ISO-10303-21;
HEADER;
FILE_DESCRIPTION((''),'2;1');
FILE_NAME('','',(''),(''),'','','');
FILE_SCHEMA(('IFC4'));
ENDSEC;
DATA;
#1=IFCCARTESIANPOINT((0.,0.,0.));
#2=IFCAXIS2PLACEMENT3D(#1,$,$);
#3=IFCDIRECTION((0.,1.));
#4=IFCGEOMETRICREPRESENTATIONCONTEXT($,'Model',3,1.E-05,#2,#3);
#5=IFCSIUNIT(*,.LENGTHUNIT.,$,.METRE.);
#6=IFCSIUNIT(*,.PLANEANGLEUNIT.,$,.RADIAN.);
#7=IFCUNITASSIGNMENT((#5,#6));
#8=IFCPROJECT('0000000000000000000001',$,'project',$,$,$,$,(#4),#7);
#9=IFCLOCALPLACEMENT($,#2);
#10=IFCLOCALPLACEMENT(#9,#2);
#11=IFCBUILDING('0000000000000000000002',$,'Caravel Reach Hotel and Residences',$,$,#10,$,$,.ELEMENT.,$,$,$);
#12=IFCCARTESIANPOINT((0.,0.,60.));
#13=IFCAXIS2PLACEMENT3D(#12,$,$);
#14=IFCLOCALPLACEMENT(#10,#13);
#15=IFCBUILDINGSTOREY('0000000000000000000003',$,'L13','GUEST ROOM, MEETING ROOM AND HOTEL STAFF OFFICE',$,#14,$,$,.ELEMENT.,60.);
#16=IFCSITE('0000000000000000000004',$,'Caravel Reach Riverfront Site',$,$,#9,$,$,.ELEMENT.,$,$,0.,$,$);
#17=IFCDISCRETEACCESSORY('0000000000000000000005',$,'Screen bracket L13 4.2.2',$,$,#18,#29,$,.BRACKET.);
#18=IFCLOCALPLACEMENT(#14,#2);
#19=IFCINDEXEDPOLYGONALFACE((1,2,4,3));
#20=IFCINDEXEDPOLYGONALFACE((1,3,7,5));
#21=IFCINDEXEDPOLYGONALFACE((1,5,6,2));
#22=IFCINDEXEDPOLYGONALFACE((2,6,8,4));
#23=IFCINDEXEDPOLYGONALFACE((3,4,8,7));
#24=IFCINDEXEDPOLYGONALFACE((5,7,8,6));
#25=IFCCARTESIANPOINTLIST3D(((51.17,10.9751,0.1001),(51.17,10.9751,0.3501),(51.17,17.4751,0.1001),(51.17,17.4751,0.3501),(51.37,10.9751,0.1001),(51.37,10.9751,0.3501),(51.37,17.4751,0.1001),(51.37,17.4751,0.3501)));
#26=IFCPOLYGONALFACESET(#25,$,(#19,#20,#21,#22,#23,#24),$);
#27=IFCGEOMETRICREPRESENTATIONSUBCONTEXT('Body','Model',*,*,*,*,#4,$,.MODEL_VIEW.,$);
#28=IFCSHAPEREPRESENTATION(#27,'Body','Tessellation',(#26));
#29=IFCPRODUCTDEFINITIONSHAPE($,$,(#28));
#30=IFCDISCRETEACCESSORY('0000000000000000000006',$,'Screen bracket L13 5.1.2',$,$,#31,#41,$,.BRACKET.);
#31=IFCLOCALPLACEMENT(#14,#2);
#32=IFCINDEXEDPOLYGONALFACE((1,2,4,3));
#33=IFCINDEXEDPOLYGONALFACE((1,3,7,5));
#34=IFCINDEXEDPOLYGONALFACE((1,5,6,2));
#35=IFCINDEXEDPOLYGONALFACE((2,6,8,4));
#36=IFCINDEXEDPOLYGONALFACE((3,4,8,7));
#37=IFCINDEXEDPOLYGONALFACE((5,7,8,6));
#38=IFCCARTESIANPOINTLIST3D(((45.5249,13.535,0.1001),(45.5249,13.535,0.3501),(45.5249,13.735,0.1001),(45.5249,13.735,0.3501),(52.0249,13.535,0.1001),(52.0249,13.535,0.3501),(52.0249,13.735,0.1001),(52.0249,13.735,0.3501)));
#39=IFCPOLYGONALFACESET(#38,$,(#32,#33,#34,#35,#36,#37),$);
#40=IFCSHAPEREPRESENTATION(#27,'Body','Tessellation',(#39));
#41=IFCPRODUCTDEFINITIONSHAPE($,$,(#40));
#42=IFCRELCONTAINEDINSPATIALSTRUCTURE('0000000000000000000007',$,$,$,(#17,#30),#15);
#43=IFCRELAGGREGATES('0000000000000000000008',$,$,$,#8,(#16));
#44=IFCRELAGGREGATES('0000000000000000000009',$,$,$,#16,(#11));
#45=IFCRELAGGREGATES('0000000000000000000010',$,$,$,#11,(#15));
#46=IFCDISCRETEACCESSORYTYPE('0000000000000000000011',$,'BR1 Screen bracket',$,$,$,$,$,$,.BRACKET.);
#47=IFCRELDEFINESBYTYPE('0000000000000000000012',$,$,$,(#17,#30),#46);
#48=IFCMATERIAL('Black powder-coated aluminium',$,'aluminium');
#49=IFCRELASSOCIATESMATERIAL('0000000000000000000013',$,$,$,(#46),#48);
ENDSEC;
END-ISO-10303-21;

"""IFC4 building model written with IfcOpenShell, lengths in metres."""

from ifc_helpers import new_model, si_unit, direction, frame, origin, origin_2d, place, context, subcontext, project, spatial, rectangle, extrude, material, type_object, element, save


model = new_model("IFC4")

# Units and contexts
model_context = context("Model", 3, precision=1e-05, world=origin(), true_north=direction((0.0, 1.0)))
body_context = subcontext(model_context, "Body", "Model", "MODEL_VIEW")
ifc_project = project(units=[si_unit("LENGTHUNIT", "METRE"), si_unit("PLANEANGLEUNIT", "RADIAN")], contexts=[model_context])

# Site, building, storey
site_placement = place(None, origin())
site = spatial("IfcSite", under=ifc_project, at=site_placement, Name="Caravel Reach Riverfront Site", CompositionType="ELEMENT", RefElevation=0.0)
building_placement = place(site_placement, origin())
building = spatial("IfcBuilding", under=site, at=building_placement, Name="Caravel Reach Hotel and Residences", CompositionType="ELEMENT")
storey_placement = place(building_placement, frame((0.0, 0.0, 60.0)))
storey = spatial("IfcBuildingStorey", under=building, at=storey_placement, Name="L13", Description="GUEST ROOM, MEETING ROOM AND HOTEL STAFF OFFICE", CompositionType="ELEMENT", Elevation=60.0)

# Discrete accessories
ifc_material_1 = material(Name="Black powder-coated aluminium", Category="aluminium")
discrete_accessory_type = type_object("IfcDiscreteAccessoryType", Name="BR1 Screen bracket", PredefinedType="BRACKET", material=ifc_material_1)
for number, where, z_axis, x_axis, name in (
    (1, (51.27, 14.2251, 0.1001), (0.0, 0.0, 1.0), (0.0, -1.0, 0.0), "Screen bracket L13 4.2.2"),
    (2, (48.7749, 13.635, 0.1001), (0.0, 0.0, 1.0), (1.0, 0.0, 0.0), "Screen bracket L13 5.1.2"),
):
    element("IfcDiscreteAccessory", number, at=place(storey_placement, frame(where, z_axis=z_axis, x_axis=x_axis)), inside=storey, type_object=discrete_accessory_type, Name=name, PredefinedType="BRACKET", context=body_context, shape_type="SweptSolid", body=[
        extrude(rectangle(XDim=6.5, YDim=0.2, at=origin_2d()), origin(), (0.0, 0.0, 1.0), 0.25),
    ])

save(model, "model.ifc")
